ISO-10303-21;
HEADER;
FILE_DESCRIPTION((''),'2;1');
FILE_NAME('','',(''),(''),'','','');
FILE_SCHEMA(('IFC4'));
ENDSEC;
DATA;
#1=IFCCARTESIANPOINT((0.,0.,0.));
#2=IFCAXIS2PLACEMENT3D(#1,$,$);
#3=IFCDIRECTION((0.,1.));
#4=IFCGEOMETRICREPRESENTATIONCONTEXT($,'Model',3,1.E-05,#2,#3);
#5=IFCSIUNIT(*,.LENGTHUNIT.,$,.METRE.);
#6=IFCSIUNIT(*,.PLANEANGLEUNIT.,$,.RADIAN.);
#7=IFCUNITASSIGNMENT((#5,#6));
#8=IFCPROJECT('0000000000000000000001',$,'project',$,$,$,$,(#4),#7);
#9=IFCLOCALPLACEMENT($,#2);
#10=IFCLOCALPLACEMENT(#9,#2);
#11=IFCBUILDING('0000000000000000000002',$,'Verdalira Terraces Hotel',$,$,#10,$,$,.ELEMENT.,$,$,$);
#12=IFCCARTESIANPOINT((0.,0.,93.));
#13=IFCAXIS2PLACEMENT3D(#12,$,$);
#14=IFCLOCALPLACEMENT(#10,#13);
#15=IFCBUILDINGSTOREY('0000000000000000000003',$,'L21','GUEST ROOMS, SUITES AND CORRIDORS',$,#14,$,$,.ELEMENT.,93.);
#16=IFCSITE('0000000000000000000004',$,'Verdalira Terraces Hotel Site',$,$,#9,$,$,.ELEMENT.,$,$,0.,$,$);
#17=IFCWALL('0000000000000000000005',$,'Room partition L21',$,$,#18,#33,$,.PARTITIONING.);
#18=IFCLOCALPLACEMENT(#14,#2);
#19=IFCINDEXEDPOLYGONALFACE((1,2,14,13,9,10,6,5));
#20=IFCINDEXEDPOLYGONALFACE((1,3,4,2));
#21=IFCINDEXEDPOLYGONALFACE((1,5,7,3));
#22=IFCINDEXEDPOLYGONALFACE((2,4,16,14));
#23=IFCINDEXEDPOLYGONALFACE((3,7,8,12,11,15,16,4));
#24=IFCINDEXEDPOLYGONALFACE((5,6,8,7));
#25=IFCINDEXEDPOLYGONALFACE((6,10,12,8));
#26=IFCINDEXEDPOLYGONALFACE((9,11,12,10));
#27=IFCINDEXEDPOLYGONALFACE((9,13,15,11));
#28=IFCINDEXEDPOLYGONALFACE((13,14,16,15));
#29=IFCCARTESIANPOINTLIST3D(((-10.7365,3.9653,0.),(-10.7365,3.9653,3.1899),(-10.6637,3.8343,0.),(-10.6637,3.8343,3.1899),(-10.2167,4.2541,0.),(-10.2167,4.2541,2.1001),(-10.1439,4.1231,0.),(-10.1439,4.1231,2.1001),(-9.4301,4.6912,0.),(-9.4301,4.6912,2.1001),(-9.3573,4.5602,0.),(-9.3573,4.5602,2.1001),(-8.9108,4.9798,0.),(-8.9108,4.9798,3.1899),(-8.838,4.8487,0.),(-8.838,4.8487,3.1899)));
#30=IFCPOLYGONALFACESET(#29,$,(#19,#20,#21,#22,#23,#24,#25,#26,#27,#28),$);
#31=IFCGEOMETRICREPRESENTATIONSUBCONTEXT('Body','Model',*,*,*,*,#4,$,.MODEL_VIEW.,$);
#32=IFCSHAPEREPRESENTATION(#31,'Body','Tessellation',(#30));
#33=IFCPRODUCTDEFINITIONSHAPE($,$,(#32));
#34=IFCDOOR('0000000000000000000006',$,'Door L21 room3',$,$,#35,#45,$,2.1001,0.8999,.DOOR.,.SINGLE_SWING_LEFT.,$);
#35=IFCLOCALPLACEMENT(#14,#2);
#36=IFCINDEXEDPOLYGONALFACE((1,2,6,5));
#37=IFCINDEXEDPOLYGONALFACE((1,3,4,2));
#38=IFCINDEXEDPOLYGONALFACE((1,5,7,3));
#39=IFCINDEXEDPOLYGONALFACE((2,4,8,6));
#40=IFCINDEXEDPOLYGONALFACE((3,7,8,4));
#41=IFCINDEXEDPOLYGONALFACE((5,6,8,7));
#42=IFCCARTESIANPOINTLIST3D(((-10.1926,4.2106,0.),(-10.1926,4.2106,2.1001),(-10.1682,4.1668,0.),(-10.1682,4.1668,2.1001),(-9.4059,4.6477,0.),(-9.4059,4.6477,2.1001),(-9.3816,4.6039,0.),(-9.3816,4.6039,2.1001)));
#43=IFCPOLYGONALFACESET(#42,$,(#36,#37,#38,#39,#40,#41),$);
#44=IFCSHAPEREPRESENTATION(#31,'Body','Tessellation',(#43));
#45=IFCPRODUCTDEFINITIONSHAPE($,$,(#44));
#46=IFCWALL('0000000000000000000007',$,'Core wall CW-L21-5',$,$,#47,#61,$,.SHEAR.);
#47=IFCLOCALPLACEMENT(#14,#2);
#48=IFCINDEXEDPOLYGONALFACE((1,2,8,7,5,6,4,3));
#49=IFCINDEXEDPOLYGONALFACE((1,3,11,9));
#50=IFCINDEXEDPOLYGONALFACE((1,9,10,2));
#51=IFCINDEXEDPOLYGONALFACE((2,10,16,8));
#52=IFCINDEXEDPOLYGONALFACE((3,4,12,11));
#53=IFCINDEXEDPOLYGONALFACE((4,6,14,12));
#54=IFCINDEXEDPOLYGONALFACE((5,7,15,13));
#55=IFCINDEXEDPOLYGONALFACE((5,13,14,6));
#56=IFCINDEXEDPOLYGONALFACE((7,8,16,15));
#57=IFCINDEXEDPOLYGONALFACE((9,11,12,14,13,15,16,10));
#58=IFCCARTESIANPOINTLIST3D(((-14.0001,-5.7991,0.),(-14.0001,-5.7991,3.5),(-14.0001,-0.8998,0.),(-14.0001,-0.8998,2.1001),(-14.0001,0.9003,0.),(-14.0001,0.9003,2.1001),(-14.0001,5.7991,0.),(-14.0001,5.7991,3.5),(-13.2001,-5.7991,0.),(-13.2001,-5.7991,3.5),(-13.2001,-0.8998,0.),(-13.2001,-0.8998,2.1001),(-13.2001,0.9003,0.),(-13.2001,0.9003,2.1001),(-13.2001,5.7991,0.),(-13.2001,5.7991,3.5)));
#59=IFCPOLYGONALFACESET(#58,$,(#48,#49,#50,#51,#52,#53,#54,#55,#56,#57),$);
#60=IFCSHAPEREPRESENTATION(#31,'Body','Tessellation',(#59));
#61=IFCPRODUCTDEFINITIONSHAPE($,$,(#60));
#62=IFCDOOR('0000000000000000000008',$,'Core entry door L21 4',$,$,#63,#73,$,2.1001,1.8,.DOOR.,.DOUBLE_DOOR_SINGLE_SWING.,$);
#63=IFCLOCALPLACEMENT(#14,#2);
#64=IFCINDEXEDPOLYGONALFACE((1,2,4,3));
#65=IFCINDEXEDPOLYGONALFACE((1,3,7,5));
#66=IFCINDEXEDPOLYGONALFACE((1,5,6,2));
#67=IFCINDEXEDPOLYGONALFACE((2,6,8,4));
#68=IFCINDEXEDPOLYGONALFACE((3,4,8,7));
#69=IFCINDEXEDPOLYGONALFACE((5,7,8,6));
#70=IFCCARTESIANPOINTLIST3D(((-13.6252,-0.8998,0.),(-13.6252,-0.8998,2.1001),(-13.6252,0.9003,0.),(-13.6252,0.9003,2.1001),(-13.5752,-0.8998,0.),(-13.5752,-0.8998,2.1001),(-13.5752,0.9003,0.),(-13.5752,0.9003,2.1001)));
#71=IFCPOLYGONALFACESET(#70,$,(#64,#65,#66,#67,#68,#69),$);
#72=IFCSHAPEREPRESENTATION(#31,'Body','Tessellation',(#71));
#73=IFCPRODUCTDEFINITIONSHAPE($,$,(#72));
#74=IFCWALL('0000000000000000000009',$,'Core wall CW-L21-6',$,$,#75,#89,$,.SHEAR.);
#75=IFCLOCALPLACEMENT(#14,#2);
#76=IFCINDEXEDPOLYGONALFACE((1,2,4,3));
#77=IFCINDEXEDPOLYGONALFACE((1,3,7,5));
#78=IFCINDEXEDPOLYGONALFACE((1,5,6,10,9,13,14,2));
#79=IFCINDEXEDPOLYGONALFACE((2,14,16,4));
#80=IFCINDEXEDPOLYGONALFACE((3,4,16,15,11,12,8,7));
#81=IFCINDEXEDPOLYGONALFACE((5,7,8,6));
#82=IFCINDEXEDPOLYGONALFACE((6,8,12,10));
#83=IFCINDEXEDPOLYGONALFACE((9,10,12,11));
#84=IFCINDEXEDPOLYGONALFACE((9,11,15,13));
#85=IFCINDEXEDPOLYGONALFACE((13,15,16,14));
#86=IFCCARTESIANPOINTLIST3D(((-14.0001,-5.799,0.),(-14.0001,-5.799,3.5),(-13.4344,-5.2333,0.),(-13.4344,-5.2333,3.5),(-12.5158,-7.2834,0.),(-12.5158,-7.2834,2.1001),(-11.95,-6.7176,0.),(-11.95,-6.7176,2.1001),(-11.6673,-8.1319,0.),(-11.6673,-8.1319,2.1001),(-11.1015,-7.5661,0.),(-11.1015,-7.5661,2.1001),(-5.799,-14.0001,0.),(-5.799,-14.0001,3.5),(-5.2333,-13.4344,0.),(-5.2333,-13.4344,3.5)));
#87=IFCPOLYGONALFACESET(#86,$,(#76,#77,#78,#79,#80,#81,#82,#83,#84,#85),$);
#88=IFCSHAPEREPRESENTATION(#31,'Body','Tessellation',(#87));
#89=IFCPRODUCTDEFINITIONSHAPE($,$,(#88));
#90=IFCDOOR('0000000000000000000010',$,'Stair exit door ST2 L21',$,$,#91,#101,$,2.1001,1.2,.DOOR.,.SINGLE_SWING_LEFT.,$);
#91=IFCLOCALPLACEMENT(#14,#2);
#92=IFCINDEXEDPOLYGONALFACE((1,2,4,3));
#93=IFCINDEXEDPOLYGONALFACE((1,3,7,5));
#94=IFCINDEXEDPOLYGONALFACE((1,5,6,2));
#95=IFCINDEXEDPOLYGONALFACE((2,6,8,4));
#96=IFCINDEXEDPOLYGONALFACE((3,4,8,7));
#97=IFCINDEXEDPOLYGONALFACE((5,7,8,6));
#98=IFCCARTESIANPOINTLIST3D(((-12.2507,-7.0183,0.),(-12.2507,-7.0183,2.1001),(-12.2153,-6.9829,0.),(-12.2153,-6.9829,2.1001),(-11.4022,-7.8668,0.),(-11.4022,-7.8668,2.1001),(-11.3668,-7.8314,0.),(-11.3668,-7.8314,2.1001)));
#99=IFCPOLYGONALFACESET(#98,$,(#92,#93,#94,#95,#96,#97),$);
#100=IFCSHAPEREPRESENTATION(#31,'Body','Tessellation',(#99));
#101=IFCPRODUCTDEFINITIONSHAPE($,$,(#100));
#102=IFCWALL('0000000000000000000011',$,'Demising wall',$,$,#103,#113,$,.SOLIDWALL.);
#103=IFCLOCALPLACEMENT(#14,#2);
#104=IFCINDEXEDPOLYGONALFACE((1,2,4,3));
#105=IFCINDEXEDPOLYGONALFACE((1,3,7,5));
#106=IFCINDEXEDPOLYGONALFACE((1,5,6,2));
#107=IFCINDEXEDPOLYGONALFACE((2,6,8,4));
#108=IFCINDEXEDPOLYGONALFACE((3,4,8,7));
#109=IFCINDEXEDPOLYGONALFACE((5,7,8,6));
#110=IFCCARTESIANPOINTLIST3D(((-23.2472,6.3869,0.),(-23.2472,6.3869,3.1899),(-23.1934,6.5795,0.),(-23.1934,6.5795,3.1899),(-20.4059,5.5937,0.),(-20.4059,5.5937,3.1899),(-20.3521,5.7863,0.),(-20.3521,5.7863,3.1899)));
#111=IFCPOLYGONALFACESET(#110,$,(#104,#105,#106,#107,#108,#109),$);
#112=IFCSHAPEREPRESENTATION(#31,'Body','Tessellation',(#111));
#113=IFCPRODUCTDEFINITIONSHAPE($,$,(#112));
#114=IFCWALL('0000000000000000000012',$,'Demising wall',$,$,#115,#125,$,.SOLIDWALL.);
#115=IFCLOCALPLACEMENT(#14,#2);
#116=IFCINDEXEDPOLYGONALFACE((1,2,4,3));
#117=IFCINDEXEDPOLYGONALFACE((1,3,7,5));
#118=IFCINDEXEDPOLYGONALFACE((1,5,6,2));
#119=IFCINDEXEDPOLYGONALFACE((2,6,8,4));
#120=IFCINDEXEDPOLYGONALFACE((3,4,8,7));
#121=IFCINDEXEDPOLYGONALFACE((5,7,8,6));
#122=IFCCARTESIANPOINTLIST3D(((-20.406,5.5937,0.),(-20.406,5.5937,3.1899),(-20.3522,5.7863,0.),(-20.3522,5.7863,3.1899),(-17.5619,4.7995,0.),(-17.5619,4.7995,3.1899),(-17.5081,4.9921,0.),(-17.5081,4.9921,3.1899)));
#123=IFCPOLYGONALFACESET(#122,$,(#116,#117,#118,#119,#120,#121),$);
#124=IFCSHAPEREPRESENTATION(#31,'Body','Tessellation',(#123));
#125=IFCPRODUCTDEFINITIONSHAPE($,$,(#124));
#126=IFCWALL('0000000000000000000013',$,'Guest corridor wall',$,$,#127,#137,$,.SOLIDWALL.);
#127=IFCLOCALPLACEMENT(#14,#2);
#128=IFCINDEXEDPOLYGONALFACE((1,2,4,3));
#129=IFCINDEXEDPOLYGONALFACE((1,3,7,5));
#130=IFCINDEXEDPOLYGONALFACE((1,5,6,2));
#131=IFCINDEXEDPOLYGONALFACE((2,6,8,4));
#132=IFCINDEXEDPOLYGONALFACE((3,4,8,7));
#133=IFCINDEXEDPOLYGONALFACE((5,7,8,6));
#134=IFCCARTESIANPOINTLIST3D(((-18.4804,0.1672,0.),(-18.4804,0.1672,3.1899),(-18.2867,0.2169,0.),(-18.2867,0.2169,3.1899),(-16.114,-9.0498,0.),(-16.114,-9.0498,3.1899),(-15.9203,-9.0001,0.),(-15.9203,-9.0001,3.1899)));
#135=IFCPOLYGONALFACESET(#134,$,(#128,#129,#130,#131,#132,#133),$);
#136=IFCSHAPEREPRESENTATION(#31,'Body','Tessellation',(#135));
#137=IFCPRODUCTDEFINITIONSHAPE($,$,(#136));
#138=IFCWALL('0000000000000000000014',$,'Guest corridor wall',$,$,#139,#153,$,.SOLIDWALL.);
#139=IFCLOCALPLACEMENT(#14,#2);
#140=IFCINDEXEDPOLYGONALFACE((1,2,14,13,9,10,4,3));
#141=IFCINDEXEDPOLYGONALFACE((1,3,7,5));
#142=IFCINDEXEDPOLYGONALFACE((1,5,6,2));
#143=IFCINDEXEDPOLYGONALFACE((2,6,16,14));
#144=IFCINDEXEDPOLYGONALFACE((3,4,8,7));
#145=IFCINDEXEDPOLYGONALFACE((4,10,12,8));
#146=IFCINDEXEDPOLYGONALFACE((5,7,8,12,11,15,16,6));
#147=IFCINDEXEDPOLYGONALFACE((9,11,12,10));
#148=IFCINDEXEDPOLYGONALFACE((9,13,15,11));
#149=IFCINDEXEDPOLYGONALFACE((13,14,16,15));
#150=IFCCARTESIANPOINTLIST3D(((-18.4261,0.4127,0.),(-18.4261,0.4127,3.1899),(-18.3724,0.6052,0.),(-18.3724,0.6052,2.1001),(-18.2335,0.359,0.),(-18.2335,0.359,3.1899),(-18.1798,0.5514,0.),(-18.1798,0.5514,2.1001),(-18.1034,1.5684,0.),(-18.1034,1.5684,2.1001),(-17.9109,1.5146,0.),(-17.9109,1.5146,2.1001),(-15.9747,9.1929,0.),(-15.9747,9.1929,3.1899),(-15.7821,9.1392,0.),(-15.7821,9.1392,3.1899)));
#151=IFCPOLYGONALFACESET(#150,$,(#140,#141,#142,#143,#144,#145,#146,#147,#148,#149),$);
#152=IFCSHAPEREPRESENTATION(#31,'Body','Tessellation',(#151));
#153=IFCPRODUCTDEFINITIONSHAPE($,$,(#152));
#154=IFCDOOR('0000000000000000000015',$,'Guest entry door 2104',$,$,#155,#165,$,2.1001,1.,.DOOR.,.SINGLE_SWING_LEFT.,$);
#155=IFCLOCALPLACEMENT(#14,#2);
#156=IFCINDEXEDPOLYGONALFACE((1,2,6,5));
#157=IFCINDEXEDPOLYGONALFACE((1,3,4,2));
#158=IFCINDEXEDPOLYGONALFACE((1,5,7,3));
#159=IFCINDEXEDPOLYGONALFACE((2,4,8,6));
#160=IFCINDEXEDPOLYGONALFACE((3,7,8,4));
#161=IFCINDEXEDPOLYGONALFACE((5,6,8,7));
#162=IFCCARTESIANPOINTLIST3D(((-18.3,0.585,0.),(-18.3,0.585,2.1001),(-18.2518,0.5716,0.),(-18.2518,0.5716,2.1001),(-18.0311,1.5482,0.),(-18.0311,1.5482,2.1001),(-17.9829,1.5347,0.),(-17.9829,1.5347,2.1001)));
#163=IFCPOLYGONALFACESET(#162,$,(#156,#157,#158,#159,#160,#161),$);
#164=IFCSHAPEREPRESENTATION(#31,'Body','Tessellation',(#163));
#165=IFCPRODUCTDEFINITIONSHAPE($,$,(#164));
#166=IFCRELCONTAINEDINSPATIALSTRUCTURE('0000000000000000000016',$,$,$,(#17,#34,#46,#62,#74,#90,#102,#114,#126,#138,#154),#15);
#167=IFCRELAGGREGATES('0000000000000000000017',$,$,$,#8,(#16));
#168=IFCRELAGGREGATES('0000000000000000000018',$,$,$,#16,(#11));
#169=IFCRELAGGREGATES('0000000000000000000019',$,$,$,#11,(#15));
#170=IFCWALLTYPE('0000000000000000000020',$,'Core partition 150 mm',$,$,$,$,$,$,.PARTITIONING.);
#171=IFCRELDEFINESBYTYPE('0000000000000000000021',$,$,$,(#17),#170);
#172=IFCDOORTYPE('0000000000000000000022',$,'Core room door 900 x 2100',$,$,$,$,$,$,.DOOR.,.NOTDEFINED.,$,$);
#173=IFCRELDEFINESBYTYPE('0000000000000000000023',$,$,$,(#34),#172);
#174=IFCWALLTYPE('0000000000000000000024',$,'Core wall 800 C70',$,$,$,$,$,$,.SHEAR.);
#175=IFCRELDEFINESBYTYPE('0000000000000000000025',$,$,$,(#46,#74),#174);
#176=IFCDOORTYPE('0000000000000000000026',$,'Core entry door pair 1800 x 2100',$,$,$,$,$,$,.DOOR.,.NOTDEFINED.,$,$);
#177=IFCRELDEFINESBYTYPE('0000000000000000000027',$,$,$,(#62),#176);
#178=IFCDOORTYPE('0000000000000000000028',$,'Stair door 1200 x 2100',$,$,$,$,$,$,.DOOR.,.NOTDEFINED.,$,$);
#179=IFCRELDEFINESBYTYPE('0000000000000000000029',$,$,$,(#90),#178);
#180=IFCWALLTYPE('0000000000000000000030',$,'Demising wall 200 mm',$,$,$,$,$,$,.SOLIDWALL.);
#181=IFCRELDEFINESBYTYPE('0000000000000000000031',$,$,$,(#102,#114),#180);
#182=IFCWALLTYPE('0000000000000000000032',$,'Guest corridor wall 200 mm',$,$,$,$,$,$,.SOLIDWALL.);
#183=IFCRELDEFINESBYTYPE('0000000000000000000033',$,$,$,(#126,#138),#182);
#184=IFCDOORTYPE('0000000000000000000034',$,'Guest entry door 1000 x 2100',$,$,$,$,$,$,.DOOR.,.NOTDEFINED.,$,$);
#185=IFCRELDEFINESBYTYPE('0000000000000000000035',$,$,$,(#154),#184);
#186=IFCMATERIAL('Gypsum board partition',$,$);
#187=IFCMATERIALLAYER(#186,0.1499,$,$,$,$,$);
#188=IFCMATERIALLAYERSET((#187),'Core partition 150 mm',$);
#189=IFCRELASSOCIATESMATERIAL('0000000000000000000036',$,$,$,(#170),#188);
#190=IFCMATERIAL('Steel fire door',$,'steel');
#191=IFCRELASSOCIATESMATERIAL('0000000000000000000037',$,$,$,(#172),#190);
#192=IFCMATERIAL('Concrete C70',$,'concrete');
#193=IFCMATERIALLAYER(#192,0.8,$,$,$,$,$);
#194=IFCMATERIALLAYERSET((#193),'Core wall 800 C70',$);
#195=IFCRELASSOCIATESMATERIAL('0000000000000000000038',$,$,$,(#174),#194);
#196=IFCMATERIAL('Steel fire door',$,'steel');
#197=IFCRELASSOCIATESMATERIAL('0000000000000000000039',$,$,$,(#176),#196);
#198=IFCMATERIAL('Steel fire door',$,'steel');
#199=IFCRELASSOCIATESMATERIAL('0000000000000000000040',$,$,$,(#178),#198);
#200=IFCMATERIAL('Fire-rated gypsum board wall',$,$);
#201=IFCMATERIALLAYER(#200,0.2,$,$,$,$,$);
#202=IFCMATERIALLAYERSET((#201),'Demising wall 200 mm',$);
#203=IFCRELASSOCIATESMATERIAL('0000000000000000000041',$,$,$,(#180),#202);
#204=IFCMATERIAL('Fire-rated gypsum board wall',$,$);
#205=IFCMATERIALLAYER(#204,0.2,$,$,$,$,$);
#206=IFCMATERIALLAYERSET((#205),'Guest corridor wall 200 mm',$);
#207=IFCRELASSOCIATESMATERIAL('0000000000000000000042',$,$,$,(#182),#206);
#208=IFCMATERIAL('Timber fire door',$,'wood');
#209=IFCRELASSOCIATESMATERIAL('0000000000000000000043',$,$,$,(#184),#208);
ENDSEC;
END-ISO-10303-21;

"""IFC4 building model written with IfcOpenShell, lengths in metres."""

from ifc_helpers import new_model, si_unit, direction, frame, frame_2d, origin, place, context, subcontext, project, spatial, rectangle, extrude, material, layer, layer_set, type_object, element, fill, save


model = new_model("IFC4")

# Units and contexts
model_context = context("Model", 3, precision=1e-05, world=origin(), true_north=direction((0.0, 1.0)))
body_context = subcontext(model_context, "Body", "Model", "MODEL_VIEW")
ifc_project = project(units=[si_unit("LENGTHUNIT", "METRE"), si_unit("PLANEANGLEUNIT", "RADIAN")], contexts=[model_context])

# Site, building, storey
site_placement = place(None, origin())
site = spatial("IfcSite", under=ifc_project, at=site_placement, Name="Verdalira Terraces Hotel Site", CompositionType="ELEMENT", RefElevation=0.0)
building_placement = place(site_placement, origin())
building = spatial("IfcBuilding", under=site, at=building_placement, Name="Verdalira Terraces Hotel", CompositionType="ELEMENT")
storey_placement = place(building_placement, frame((0.0, 0.0, 93.0)))
storey = spatial("IfcBuildingStorey", under=building, at=storey_placement, Name="L21", Description="GUEST ROOMS, SUITES AND CORRIDORS", CompositionType="ELEMENT", Elevation=93.0)

# Walls, openings, doors
ifc_material_1 = material(Name="Gypsum board partition")
ifc_layer_1 = layer(ifc_material_1, 0.1499)
ifc_layer_set_1 = layer_set([ifc_layer_1], Name="Core partition 150 mm")
wall_type_1 = type_object("IfcWallType", Name="Core partition 150 mm", PredefinedType="PARTITIONING", material=ifc_layer_set_1)
wall_1_placement = place(storey_placement, frame((-8.8743, 4.9143, 0.0), z_axis=(0.0, 0.0, 1.0), x_axis=(-0.87413, -0.485693, 0.0)))
wall_1 = element("IfcWall", 1, at=wall_1_placement, inside=storey, type_object=wall_type_1, Name="Room partition L21", PredefinedType="PARTITIONING", context=body_context, shape_type="SweptSolid", body=[
    extrude(rectangle(XDim=2.0886, YDim=0.1499, at=frame_2d((1.0444, 0.0))), origin(), (0.0, 0.0, 1.0), 3.1899),
])
opening_1_placement = place(wall_1_placement, frame((0.5942, 0.0, 0.0)))
opening_1 = element("IfcOpeningElement", 2, at=opening_1_placement, cuts=wall_1, PredefinedType="OPENING", context=body_context, shape_type="SweptSolid", body=[
    extrude(rectangle(XDim=0.8999, YDim=2.1001, at=frame_2d((0.45, 1.05))), frame((0.0, 0.085, 0.0), z_axis=(0.0, -1.0, 0.0), x_axis=(1.0, 0.0, 0.0)), (0.0, 0.0, 1.0), 0.1699),
])
ifc_material_2 = material(Name="Steel fire door", Category="steel")
door_type_1 = type_object("IfcDoorType", Name="Core room door 900 x 2100", OperationType="NOTDEFINED", PredefinedType="DOOR", material=ifc_material_2)
door_1_placement = place(opening_1_placement, origin())
door_1 = element("IfcDoor", 3, at=door_1_placement, inside=storey, type_object=door_type_1, Name="Door L21 room3", OperationType="SINGLE_SWING_LEFT", OverallHeight=2.1001, OverallWidth=0.8999, PredefinedType="DOOR", context=body_context, shape_type="SweptSolid", body=[
    extrude(rectangle(XDim=0.8999, YDim=2.1001, at=frame_2d((0.45, 1.05))), frame((0.0, 0.0249, 0.0), z_axis=(0.0, -1.0, 0.0), x_axis=(1.0, 0.0, 0.0)), (0.0, 0.0, 1.0), 0.05),
])
fill(opening_1, door_1)
ifc_material_3 = material(Name="Concrete C70", Category="concrete")
ifc_layer_2 = layer(ifc_material_3, 0.8)
ifc_layer_set_2 = layer_set([ifc_layer_2], Name="Core wall 800 C70")
wall_type_2 = type_object("IfcWallType", Name="Core wall 800 C70", PredefinedType="SHEAR", material=ifc_layer_set_2)
wall_2_placement = place(storey_placement, frame((-13.6001, 5.7991, 0.0), z_axis=(0.0, 0.0, 1.0), x_axis=(0.0, -1.0, 0.0)))
wall_2 = element("IfcWall", 4, at=wall_2_placement, inside=storey, type_object=wall_type_2, Name="Core wall CW-L21-5", PredefinedType="SHEAR", context=body_context, shape_type="SweptSolid", body=[
    extrude(rectangle(XDim=11.5981, YDim=0.8, at=frame_2d((5.7991, 0.0))), origin(), (0.0, 0.0, 1.0), 3.5),
])
opening_2_placement = place(wall_2_placement, frame((4.8989, 0.0, 0.0)))
opening_2 = element("IfcOpeningElement", 5, at=opening_2_placement, cuts=wall_2, PredefinedType="OPENING", context=body_context, shape_type="SweptSolid", body=[
    extrude(rectangle(XDim=1.8, YDim=2.1001, at=frame_2d((0.8999, 1.05))), frame((0.0, 0.4099, 0.0), z_axis=(0.0, -1.0, 0.0), x_axis=(1.0, 0.0, 0.0)), (0.0, 0.0, 1.0), 0.8201),
])
ifc_material_4 = material(Name="Steel fire door", Category="steel")
door_type_2 = type_object("IfcDoorType", Name="Core entry door pair 1800 x 2100", OperationType="NOTDEFINED", PredefinedType="DOOR", material=ifc_material_4)
door_2_placement = place(opening_2_placement, origin())
door_2 = element("IfcDoor", 6, at=door_2_placement, inside=storey, type_object=door_type_2, Name="Core entry door L21 4", OperationType="DOUBLE_DOOR_SINGLE_SWING", OverallHeight=2.1001, OverallWidth=1.8, PredefinedType="DOOR", context=body_context, shape_type="SweptSolid", body=[
    extrude(rectangle(XDim=1.8, YDim=2.1001, at=frame_2d((0.8999, 1.05))), frame((0.0, 0.0249, 0.0), z_axis=(0.0, -1.0, 0.0), x_axis=(1.0, 0.0, 0.0)), (0.0, 0.0, 1.0), 0.05),
])
fill(opening_2, door_2)
wall_3_placement = place(storey_placement, frame((-13.7173, -5.5161, 0.0), z_axis=(0.0, 0.0, 1.0), x_axis=(0.707107, -0.707107, 0.0)))
wall_3 = element("IfcWall", 7, at=wall_3_placement, inside=storey, type_object=wall_type_2, Name="Core wall CW-L21-6", PredefinedType="SHEAR", context=body_context, shape_type="SweptSolid", body=[
    extrude(rectangle(XDim=11.5981, YDim=0.8, at=frame_2d((5.7991, 0.0))), origin(), (0.0, 0.0, 1.0), 3.5),
])
opening_3_placement = place(wall_3_placement, frame((2.0991, 0.0, 0.0)))
opening_3 = element("IfcOpeningElement", 8, at=opening_3_placement, cuts=wall_3, PredefinedType="OPENING", context=body_context, shape_type="SweptSolid", body=[
    extrude(rectangle(XDim=1.2, YDim=2.1001, at=frame_2d((0.6001, 1.05))), frame((0.0, 0.4099, 0.0), z_axis=(0.0, -1.0, 0.0), x_axis=(1.0, 0.0, 0.0)), (0.0, 0.0, 1.0), 0.8201),
])
ifc_material_5 = material(Name="Steel fire door", Category="steel")
door_type_3 = type_object("IfcDoorType", Name="Stair door 1200 x 2100", OperationType="NOTDEFINED", PredefinedType="DOOR", material=ifc_material_5)
door_3_placement = place(opening_3_placement, origin())
door_3 = element("IfcDoor", 9, at=door_3_placement, inside=storey, type_object=door_type_3, Name="Stair exit door ST2 L21", OperationType="SINGLE_SWING_LEFT", OverallHeight=2.1001, OverallWidth=1.2, PredefinedType="DOOR", context=body_context, shape_type="SweptSolid", body=[
    extrude(rectangle(XDim=1.2, YDim=2.1001, at=frame_2d((0.6001, 1.05))), frame((0.0, 0.0249, 0.0), z_axis=(0.0, -1.0, 0.0), x_axis=(1.0, 0.0, 0.0)), (0.0, 0.0, 1.0), 0.05),
])
fill(opening_3, door_3)

# Walls
ifc_material_6 = material(Name="Fire-rated gypsum board wall")
ifc_layer_3 = layer(ifc_material_6, 0.2)
ifc_layer_set_3 = layer_set([ifc_layer_3], Name="Demising wall 200 mm")
wall_type_3 = type_object("IfcWallType", Name="Demising wall 200 mm", PredefinedType="SOLIDWALL", material=ifc_layer_set_3)
wall_4_placement = place(storey_placement, frame((-20.3789, 5.6899, 0.0), z_axis=(0.0, 0.0, 1.0), x_axis=(-0.963171, 0.26889, 0.0)))
element("IfcWall", 10, at=wall_4_placement, inside=storey, type_object=wall_type_3, Name="Demising wall", PredefinedType="SOLIDWALL", context=body_context, shape_type="SweptSolid", body=[
    extrude(rectangle(XDim=2.95, YDim=0.2, at=frame_2d((1.4751, 0.0))), origin(), (0.0, 0.0, 1.0), 3.1899),
])
wall_5_placement = place(storey_placement, frame((-17.5349, 4.8958, 0.0), z_axis=(0.0, 0.0, 1.0), x_axis=(-0.963151, 0.268961, 0.0)))
element("IfcWall", 11, at=wall_5_placement, inside=storey, type_object=wall_type_3, Name="Demising wall", PredefinedType="SOLIDWALL", context=body_context, shape_type="SweptSolid", body=[
    extrude(rectangle(XDim=2.9529, YDim=0.2, at=frame_2d((1.4766, 0.0))), origin(), (0.0, 0.0, 1.0), 3.1899),
])
ifc_material_7 = material(Name="Fire-rated gypsum board wall")
ifc_layer_4 = layer(ifc_material_7, 0.2)
ifc_layer_set_4 = layer_set([ifc_layer_4], Name="Guest corridor wall 200 mm")
wall_type_4 = type_object("IfcWallType", Name="Guest corridor wall 200 mm", PredefinedType="SOLIDWALL", material=ifc_layer_set_4)
wall_6_placement = place(storey_placement, frame((-18.3835, 0.1919, 0.0), z_axis=(0.0, 0.0, 1.0), x_axis=(0.248682, -0.968585, 0.0)))
element("IfcWall", 12, at=wall_6_placement, inside=storey, type_object=wall_type_4, Name="Guest corridor wall", PredefinedType="SOLIDWALL", context=body_context, shape_type="SweptSolid", body=[
    extrude(rectangle(XDim=9.5159, YDim=0.2, at=frame_2d((4.7578, 0.0))), origin(), (0.0, 0.0, 1.0), 3.1899),
])

# Wall, opening, door
wall_7_placement = place(storey_placement, frame((-18.3298, 0.3857, 0.0), z_axis=(0.0, 0.0, 1.0), x_axis=(0.268912, 0.963165, 0.0)))
wall_7 = element("IfcWall", 13, at=wall_7_placement, inside=storey, type_object=wall_type_4, Name="Guest corridor wall", PredefinedType="SOLIDWALL", context=body_context, shape_type="SweptSolid", body=[
    extrude(rectangle(XDim=9.116, YDim=0.2, at=frame_2d((4.5581, 0.0))), origin(), (0.0, 0.0, 1.0), 3.1899),
])
opening_4_placement = place(wall_7_placement, frame((0.2, 0.0, 0.0)))
opening_4 = element("IfcOpeningElement", 14, at=opening_4_placement, cuts=wall_7, PredefinedType="OPENING", context=body_context, shape_type="SweptSolid", body=[
    extrude(rectangle(XDim=1.0, YDim=2.1001, at=frame_2d((0.5, 1.05))), frame((0.0, 0.1099, 0.0), z_axis=(0.0, -1.0, 0.0), x_axis=(1.0, 0.0, 0.0)), (0.0, 0.0, 1.0), 0.22),
])
ifc_material_8 = material(Name="Timber fire door", Category="wood")
door_type_4 = type_object("IfcDoorType", Name="Guest entry door 1000 x 2100", OperationType="NOTDEFINED", PredefinedType="DOOR", material=ifc_material_8)
door_4_placement = place(opening_4_placement, origin())
door_4 = element("IfcDoor", 15, at=door_4_placement, inside=storey, type_object=door_type_4, Name="Guest entry door 2104", OperationType="SINGLE_SWING_LEFT", OverallHeight=2.1001, OverallWidth=1.0, PredefinedType="DOOR", context=body_context, shape_type="SweptSolid", body=[
    extrude(rectangle(XDim=1.0, YDim=2.1001, at=frame_2d((0.5, 1.05))), frame((0.0, 0.0249, 0.0), z_axis=(0.0, -1.0, 0.0), x_axis=(1.0, 0.0, 0.0)), (0.0, 0.0, 1.0), 0.05),
])
fill(opening_4, door_4)

save(model, "model.ifc")
